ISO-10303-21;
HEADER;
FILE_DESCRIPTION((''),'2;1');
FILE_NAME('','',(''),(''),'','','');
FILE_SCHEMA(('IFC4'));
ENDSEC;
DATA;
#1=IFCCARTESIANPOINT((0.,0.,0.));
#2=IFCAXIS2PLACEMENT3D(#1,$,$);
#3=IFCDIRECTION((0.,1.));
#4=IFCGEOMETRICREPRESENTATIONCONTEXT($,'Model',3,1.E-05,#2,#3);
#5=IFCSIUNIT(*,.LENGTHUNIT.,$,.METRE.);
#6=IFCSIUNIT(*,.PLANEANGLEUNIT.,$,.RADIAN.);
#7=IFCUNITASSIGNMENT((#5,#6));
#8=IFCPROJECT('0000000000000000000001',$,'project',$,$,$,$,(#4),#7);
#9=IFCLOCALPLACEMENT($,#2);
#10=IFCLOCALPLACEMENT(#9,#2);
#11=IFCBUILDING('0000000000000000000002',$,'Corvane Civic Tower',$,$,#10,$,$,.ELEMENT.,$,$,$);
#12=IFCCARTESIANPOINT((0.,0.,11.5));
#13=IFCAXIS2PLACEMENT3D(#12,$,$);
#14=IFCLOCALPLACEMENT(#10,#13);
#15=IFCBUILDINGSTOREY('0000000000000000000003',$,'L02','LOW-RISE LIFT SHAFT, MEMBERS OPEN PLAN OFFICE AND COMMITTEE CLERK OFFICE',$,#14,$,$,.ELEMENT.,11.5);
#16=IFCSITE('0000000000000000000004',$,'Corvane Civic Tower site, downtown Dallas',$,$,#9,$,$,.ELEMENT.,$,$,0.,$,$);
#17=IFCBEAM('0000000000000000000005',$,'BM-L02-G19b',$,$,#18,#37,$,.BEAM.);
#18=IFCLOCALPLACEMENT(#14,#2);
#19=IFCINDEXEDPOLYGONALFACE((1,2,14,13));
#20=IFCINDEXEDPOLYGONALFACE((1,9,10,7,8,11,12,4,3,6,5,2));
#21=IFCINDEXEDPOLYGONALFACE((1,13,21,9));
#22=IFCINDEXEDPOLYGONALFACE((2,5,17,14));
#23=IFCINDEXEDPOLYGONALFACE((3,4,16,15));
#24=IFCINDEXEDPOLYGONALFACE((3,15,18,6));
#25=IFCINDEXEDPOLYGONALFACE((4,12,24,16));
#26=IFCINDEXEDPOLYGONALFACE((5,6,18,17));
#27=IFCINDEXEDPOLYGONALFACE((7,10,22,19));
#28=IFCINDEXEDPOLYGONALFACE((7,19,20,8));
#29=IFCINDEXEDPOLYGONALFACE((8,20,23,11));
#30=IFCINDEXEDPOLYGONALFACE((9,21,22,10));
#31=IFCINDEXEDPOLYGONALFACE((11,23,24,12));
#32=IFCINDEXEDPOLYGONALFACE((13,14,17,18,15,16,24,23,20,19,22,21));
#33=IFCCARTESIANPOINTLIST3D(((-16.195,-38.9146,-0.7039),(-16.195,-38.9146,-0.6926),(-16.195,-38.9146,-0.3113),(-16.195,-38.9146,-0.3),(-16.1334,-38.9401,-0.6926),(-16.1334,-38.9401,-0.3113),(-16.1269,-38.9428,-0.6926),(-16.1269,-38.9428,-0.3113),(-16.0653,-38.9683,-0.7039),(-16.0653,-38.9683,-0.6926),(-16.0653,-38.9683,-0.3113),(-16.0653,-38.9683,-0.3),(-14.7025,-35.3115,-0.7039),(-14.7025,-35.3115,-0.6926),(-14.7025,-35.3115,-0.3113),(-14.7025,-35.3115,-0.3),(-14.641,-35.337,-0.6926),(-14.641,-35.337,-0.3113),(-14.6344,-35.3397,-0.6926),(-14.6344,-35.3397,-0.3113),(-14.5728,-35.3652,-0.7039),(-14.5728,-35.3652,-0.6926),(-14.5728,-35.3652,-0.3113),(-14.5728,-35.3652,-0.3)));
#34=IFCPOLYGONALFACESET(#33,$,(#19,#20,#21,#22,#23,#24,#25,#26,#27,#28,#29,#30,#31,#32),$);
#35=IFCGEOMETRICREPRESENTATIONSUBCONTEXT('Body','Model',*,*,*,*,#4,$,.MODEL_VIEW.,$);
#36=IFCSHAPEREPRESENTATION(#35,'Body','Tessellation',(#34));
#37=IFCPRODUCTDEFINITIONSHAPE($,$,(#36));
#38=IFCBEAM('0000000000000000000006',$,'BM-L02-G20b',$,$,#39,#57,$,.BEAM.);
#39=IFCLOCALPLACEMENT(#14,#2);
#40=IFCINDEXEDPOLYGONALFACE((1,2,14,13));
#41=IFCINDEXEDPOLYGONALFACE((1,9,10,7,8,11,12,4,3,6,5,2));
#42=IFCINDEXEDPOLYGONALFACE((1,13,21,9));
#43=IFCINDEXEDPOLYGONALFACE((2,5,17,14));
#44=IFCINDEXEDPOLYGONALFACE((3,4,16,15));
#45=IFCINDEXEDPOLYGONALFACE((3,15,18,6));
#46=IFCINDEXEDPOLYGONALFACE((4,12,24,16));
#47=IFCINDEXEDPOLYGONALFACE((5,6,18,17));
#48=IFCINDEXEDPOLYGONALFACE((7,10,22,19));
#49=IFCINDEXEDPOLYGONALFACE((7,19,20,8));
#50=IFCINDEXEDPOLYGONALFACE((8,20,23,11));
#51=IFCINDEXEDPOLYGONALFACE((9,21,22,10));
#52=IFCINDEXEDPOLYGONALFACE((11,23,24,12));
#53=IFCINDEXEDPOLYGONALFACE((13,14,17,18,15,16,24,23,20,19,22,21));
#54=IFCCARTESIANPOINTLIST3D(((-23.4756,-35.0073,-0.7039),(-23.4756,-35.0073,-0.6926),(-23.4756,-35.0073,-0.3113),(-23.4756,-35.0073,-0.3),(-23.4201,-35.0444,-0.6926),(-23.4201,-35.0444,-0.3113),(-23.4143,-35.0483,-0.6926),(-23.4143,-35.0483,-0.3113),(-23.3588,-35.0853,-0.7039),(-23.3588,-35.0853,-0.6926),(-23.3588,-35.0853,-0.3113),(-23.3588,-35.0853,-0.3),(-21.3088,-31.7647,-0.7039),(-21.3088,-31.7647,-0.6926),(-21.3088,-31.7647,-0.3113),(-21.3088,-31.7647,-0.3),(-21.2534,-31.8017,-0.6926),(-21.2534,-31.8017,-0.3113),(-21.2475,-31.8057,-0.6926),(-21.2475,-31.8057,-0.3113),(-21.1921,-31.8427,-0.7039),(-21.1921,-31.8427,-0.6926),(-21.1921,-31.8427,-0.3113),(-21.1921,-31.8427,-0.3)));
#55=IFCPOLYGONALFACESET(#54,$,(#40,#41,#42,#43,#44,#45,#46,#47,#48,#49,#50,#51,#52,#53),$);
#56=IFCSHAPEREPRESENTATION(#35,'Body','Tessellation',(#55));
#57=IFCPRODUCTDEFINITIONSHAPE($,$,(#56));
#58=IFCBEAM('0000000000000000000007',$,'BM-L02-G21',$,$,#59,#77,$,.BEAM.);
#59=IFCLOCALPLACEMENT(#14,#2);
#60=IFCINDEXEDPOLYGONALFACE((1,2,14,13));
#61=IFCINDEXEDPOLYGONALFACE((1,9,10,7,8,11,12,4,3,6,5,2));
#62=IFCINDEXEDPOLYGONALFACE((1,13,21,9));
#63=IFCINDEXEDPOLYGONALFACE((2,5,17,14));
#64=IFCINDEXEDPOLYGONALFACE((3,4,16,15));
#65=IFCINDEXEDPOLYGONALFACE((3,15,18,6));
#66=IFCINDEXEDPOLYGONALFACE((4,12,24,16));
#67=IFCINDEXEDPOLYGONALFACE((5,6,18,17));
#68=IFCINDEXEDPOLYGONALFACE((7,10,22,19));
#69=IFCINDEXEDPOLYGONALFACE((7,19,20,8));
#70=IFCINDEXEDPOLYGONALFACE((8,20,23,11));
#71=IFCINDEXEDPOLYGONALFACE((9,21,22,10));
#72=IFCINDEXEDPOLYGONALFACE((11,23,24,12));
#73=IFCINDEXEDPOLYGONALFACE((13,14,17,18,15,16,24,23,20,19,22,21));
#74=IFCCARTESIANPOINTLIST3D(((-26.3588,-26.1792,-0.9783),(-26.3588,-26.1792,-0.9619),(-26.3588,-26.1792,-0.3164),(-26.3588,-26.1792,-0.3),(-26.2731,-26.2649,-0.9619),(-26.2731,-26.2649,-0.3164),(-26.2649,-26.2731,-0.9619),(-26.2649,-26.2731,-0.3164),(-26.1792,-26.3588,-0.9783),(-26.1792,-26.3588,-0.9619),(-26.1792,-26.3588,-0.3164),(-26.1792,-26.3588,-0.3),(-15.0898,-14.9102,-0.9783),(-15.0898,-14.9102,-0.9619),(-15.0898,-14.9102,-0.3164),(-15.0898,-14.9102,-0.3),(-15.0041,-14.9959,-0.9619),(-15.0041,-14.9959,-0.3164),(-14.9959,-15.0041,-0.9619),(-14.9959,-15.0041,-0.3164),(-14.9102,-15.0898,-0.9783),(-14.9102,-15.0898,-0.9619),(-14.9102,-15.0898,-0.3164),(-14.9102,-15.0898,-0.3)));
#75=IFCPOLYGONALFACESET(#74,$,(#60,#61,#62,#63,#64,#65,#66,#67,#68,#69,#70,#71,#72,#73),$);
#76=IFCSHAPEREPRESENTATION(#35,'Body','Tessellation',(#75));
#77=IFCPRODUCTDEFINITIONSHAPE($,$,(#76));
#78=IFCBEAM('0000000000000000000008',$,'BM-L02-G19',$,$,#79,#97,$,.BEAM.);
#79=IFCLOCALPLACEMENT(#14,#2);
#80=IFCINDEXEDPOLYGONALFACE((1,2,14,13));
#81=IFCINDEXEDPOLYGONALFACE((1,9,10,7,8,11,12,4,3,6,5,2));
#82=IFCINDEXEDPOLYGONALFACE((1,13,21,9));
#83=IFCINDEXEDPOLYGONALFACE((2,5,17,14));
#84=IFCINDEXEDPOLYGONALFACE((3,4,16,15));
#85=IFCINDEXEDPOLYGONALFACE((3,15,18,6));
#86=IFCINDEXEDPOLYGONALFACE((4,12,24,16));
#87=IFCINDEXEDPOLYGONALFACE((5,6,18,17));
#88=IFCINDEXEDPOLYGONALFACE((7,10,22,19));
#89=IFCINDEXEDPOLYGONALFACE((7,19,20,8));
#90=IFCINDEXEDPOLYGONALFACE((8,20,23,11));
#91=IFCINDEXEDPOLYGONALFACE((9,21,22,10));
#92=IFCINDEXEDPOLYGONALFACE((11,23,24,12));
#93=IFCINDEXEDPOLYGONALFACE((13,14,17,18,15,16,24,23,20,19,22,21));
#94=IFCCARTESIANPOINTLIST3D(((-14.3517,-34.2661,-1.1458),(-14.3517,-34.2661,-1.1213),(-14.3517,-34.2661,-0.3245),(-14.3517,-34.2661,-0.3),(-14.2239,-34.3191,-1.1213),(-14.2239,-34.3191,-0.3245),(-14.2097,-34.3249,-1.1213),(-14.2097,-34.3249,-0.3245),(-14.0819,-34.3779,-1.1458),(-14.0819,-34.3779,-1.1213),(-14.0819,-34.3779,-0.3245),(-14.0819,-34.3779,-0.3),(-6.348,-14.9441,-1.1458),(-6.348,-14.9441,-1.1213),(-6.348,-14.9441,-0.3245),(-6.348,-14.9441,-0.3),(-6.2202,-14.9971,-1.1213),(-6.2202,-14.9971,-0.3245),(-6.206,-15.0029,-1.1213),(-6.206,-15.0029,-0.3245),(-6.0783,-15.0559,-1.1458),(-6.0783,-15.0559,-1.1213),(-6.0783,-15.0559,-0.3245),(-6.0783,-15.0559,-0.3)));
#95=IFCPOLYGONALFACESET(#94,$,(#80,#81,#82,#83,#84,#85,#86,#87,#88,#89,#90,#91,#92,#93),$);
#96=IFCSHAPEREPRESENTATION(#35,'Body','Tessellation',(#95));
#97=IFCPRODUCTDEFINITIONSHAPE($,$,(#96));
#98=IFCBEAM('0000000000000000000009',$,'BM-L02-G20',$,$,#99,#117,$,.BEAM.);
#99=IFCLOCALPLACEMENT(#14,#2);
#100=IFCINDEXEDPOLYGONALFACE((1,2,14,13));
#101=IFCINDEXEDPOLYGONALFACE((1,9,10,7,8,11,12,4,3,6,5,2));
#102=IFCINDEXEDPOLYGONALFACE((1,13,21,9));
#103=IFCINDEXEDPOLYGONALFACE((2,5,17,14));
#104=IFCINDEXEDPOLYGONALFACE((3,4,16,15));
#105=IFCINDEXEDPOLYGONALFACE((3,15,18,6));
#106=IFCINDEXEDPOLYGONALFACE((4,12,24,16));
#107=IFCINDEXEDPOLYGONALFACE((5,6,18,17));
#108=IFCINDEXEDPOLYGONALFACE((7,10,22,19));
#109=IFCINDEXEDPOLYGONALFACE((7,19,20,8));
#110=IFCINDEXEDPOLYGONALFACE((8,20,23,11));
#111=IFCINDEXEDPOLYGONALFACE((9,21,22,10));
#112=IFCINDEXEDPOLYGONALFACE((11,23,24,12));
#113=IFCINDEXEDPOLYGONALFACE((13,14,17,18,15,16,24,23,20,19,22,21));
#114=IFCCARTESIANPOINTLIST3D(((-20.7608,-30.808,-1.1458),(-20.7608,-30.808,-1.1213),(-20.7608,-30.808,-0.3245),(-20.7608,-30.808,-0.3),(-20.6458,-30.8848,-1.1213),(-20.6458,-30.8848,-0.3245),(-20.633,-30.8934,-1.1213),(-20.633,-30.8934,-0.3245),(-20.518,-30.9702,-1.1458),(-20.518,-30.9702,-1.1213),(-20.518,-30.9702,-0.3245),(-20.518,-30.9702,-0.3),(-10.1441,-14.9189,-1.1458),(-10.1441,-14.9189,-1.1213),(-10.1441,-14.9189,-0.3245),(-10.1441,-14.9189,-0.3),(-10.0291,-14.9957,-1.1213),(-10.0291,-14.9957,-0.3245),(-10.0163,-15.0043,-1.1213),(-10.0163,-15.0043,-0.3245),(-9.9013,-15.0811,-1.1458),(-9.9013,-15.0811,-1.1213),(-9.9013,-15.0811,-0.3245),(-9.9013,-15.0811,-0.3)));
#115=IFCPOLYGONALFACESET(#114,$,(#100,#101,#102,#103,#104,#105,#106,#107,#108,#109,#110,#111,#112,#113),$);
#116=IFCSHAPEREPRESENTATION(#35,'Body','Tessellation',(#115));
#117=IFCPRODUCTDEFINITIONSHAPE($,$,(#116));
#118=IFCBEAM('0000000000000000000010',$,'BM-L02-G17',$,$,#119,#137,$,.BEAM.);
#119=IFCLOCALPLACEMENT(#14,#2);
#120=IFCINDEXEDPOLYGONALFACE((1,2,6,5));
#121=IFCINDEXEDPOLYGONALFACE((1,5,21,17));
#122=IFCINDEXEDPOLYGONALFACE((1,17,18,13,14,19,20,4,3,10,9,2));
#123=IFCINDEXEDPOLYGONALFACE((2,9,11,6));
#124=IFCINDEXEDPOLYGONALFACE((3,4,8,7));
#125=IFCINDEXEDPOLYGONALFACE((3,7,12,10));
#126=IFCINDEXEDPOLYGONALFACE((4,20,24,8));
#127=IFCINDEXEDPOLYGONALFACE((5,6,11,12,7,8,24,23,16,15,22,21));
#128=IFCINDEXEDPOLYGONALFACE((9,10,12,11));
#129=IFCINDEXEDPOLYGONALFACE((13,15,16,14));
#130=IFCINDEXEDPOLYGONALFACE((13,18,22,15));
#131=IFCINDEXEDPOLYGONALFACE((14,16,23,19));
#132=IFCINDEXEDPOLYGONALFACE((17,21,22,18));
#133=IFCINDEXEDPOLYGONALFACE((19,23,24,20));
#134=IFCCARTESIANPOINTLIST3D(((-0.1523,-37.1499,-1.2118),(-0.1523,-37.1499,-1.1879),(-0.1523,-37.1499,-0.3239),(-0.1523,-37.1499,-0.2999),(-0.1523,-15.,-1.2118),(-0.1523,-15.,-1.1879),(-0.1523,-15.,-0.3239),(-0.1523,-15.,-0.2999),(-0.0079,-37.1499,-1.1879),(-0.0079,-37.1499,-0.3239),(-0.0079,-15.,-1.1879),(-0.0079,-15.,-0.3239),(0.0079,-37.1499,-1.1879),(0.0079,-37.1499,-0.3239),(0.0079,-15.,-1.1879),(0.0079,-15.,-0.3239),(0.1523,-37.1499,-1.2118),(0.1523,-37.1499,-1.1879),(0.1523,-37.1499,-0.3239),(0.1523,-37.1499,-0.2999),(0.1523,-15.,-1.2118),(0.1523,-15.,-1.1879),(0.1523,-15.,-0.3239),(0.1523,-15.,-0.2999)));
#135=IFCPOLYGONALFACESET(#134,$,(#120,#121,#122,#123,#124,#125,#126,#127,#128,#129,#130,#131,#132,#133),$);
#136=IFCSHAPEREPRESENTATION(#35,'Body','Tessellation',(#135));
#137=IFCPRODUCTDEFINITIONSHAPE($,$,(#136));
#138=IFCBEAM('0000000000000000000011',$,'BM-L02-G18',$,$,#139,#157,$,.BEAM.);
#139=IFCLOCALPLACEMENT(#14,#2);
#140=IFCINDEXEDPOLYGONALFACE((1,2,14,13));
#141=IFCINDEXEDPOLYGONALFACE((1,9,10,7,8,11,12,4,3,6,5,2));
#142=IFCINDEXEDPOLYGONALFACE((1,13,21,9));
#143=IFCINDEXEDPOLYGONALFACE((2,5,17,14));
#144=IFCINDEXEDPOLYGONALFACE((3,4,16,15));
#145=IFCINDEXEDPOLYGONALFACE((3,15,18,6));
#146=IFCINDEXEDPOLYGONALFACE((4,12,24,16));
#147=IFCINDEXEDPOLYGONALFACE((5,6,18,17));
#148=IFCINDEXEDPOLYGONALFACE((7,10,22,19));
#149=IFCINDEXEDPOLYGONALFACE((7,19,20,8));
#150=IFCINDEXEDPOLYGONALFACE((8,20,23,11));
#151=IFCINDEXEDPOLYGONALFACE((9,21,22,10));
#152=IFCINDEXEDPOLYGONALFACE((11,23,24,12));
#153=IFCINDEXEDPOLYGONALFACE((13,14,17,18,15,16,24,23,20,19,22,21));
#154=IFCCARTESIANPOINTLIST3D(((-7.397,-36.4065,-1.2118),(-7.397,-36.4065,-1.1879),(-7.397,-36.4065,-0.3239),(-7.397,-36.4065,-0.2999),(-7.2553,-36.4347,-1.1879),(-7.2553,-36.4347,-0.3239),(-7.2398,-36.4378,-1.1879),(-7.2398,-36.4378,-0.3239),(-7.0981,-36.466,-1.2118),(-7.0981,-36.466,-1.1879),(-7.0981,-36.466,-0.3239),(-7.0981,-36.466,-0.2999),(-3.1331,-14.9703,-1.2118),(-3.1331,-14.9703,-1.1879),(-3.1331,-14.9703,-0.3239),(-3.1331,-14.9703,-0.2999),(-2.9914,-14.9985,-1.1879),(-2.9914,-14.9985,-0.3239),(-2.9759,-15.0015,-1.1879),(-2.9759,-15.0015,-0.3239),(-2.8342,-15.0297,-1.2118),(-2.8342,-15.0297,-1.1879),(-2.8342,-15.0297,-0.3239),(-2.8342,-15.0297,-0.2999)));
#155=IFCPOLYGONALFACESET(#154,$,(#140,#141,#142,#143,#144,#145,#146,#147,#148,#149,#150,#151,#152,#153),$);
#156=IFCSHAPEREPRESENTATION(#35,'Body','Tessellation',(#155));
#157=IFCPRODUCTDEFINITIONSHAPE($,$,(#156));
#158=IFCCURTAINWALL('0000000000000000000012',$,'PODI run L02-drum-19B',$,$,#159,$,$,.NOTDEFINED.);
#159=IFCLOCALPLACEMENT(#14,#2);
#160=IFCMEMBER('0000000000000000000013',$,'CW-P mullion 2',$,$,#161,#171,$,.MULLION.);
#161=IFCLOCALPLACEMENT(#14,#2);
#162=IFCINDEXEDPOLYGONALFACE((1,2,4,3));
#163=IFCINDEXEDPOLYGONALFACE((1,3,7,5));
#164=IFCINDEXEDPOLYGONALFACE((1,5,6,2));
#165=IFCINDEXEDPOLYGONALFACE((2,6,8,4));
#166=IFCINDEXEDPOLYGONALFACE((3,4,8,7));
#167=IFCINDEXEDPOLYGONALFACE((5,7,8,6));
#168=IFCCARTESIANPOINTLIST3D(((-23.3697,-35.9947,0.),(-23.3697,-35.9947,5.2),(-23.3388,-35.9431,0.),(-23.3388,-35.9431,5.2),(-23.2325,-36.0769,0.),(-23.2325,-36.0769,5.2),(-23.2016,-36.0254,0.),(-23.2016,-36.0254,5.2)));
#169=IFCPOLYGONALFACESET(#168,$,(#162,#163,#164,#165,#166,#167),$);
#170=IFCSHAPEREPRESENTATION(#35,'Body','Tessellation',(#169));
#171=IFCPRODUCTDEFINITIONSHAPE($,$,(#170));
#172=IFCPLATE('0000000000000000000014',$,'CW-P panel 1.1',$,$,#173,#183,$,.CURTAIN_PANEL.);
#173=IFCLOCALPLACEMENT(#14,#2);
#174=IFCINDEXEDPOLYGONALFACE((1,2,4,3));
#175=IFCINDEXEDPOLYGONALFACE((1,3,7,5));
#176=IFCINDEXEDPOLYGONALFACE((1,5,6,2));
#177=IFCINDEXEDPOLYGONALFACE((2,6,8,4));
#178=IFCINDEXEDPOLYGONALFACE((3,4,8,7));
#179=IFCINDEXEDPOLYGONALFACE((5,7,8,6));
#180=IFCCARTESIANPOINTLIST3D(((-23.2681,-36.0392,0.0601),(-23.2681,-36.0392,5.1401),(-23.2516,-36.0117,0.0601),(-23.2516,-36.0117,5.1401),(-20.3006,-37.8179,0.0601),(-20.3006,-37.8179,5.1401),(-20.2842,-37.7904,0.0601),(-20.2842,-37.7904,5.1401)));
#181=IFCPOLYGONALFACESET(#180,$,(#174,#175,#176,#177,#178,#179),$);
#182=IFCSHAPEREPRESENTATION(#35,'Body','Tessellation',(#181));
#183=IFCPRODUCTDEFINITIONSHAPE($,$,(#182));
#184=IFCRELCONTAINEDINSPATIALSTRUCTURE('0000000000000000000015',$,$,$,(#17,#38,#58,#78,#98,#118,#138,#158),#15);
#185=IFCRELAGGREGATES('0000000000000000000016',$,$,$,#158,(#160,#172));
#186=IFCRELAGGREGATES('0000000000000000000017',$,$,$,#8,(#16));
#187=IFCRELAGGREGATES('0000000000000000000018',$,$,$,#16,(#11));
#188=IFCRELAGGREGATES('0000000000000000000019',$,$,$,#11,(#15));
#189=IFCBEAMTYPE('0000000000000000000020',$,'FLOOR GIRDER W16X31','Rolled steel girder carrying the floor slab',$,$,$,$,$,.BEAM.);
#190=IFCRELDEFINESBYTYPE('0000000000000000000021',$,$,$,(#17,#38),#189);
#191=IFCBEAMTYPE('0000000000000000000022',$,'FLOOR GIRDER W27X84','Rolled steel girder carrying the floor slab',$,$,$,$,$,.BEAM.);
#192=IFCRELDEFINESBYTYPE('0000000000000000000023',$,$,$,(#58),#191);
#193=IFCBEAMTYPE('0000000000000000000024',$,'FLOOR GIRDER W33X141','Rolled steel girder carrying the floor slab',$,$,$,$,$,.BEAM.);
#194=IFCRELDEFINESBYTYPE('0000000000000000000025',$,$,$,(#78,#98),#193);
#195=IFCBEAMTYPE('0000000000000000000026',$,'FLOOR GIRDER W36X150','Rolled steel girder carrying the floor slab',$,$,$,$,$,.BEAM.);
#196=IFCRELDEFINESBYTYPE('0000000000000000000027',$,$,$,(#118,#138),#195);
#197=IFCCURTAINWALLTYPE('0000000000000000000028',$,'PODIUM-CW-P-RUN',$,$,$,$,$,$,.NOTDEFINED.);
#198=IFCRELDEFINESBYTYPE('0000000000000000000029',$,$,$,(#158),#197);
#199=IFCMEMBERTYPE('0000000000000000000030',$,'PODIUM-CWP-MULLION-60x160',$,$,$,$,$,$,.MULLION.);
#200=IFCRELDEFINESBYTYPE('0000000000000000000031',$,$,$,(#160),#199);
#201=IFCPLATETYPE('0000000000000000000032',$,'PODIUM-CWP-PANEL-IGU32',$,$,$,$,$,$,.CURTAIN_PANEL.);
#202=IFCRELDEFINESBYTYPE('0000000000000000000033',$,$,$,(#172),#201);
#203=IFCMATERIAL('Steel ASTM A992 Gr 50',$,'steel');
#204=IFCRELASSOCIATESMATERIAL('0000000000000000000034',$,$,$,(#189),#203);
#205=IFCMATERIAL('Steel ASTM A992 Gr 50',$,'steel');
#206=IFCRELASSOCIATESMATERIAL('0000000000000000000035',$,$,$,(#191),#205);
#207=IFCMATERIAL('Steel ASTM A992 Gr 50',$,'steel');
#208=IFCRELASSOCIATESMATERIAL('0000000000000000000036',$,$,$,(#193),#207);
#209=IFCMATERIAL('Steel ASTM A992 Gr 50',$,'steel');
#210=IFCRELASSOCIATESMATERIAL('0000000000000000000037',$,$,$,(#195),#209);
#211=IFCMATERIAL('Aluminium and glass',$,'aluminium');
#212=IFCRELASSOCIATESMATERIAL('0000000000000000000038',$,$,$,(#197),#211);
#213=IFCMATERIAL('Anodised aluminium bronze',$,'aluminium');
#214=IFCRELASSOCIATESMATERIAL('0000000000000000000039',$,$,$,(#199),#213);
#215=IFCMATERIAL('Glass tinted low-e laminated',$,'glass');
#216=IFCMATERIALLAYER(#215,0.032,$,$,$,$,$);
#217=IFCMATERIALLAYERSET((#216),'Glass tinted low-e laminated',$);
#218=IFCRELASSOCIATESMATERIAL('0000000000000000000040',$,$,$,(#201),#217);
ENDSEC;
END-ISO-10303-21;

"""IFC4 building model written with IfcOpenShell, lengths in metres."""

from ifc_helpers import new_model, si_unit, direction, frame, origin, origin_2d, place, context, subcontext, project, spatial, rectangle, i_section, extrude, material, layer, layer_set, material_profile, profile_set, type_object, element, aggregate, save


model = new_model("IFC4")

# Units and contexts
model_context = context("Model", 3, precision=1e-05, world=origin(), true_north=direction((0.0, 1.0)))
body_context = subcontext(model_context, "Body", "Model", "MODEL_VIEW")
ifc_project = project(units=[si_unit("LENGTHUNIT", "METRE"), si_unit("PLANEANGLEUNIT", "RADIAN")], contexts=[model_context])

# Site, building, storey
site_placement = place(None, origin())
site = spatial("IfcSite", under=ifc_project, at=site_placement, Name="Corvane Civic Tower site, downtown Dallas", CompositionType="ELEMENT", RefElevation=0.0)
building_placement = place(site_placement, origin())
building = spatial("IfcBuilding", under=site, at=building_placement, Name="Corvane Civic Tower", CompositionType="ELEMENT")
storey_placement = place(building_placement, frame((0.0, 0.0, 11.5)))
storey = spatial("IfcBuildingStorey", under=building, at=storey_placement, Name="L02", Description="LOW-RISE LIFT SHAFT, MEMBERS OPEN PLAN OFFICE AND COMMITTEE CLERK OFFICE", CompositionType="ELEMENT", Elevation=11.5)

# Beams
ifc_material_1 = material(Name="Steel ASTM A992 Gr 50", Category="steel")
ifc_material_profile_1 = material_profile(ifc_material_1, i_section(OverallWidth=0.1404, OverallDepth=0.4038, WebThickness=0.0071, FlangeThickness=0.0112, at=origin_2d()), Name="W16X31")
ifc_profile_set_1 = profile_set([ifc_material_profile_1], Name="Steel ASTM A992 Gr 50")
beam_type_1 = type_object("IfcBeamType", Name="FLOOR GIRDER W16X31", Description="Rolled steel girder carrying the floor slab", PredefinedType="BEAM", material=ifc_profile_set_1)
for number, where, z_axis, x_axis, name in (
    (1, (-14.6377, -35.3384, -0.502), (-0.382685, -0.923879, 0.0), (0.923879, -0.382685, 0.0), "BM-L02-G19b"),
    (2, (-21.2505, -31.8037, -0.502), (-0.555581, -0.831462, 0.0), (0.831462, -0.555581, 0.0), "BM-L02-G20b"),
):
    element("IfcBeam", number, at=place(storey_placement, frame(where, z_axis=z_axis, x_axis=x_axis)), inside=storey, type_object=beam_type_1, Name=name, PredefinedType="BEAM", context=body_context, shape_type="SweptSolid", body=[
        extrude(i_section(OverallWidth=0.1404, OverallDepth=0.4038, WebThickness=0.0071, FlangeThickness=0.0112, at=origin_2d()), origin(), (0.0, 0.0, 1.0), 3.8999),
    ])
ifc_material_2 = material(Name="Steel ASTM A992 Gr 50", Category="steel")
ifc_material_profile_2 = material_profile(ifc_material_2, i_section(OverallWidth=0.2539, OverallDepth=0.6782, WebThickness=0.0117, FlangeThickness=0.0164, at=origin_2d()), Name="W27X84")
ifc_profile_set_2 = profile_set([ifc_material_profile_2], Name="Steel ASTM A992 Gr 50")
beam_type_2 = type_object("IfcBeamType", Name="FLOOR GIRDER W27X84", Description="Rolled steel girder carrying the floor slab", PredefinedType="BEAM", material=ifc_profile_set_2)
beam_1_placement = place(storey_placement, frame((-15.0, -15.0, -0.6392), z_axis=(-0.707107, -0.707107, 0.0), x_axis=(0.707107, -0.707107, 0.0)))
element("IfcBeam", 3, at=beam_1_placement, inside=storey, type_object=beam_type_2, Name="BM-L02-G21", PredefinedType="BEAM", context=body_context, shape_type="SweptSolid", body=[
    extrude(i_section(OverallWidth=0.2539, OverallDepth=0.6782, WebThickness=0.0117, FlangeThickness=0.0164, at=origin_2d()), origin(), (0.0, 0.0, 1.0), 15.9368),
])
ifc_material_3 = material(Name="Steel ASTM A992 Gr 50", Category="steel")
ifc_material_profile_3 = material_profile(ifc_material_3, i_section(OverallWidth=0.292, OverallDepth=0.8457, WebThickness=0.0154, FlangeThickness=0.0244, at=origin_2d()), Name="W33X141")
ifc_profile_set_3 = profile_set([ifc_material_profile_3], Name="Steel ASTM A992 Gr 50")
beam_type_3 = type_object("IfcBeamType", Name="FLOOR GIRDER W33X141", Description="Rolled steel girder carrying the floor slab", PredefinedType="BEAM", material=ifc_profile_set_3)
beam_2_placement = place(storey_placement, frame((-6.2131, -15.0, -0.7229), z_axis=(-0.382692, -0.923876, 0.0), x_axis=(0.923876, -0.382692, 0.0)))
element("IfcBeam", 4, at=beam_2_placement, inside=storey, type_object=beam_type_3, Name="BM-L02-G19", PredefinedType="BEAM", context=body_context, shape_type="SweptSolid", body=[
    extrude(i_section(OverallWidth=0.292, OverallDepth=0.8457, WebThickness=0.0154, FlangeThickness=0.0244, at=origin_2d()), origin(), (0.0, 0.0, 1.0), 20.9141),
])
beam_3_placement = place(storey_placement, frame((-10.0227, -15.0, -0.7229), z_axis=(-0.555567, -0.831472, 0.0), x_axis=(0.831472, -0.555567, 0.0)))
element("IfcBeam", 5, at=beam_3_placement, inside=storey, type_object=beam_type_3, Name="BM-L02-G20", PredefinedType="BEAM", context=body_context, shape_type="SweptSolid", body=[
    extrude(i_section(OverallWidth=0.292, OverallDepth=0.8457, WebThickness=0.0154, FlangeThickness=0.0244, at=origin_2d()), origin(), (0.0, 0.0, 1.0), 19.1096),
])
ifc_material_4 = material(Name="Steel ASTM A992 Gr 50", Category="steel")
ifc_material_profile_4 = material_profile(ifc_material_4, i_section(OverallWidth=0.3047, OverallDepth=0.9119, WebThickness=0.0159, FlangeThickness=0.0239, at=origin_2d()), Name="W36X150")
ifc_profile_set_4 = profile_set([ifc_material_profile_4], Name="Steel ASTM A992 Gr 50")
beam_type_4 = type_object("IfcBeamType", Name="FLOOR GIRDER W36X150", Description="Rolled steel girder carrying the floor slab", PredefinedType="BEAM", material=ifc_profile_set_4)
beam_4_placement = place(storey_placement, frame((0.0, -15.0, -0.7559), z_axis=(0.0, -1.0, 0.0), x_axis=(1.0, 0.0, 0.0)))
element("IfcBeam", 6, at=beam_4_placement, inside=storey, type_object=beam_type_4, Name="BM-L02-G17", PredefinedType="BEAM", context=body_context, shape_type="SweptSolid", body=[
    extrude(i_section(OverallWidth=0.3047, OverallDepth=0.9119, WebThickness=0.0159, FlangeThickness=0.0239, at=origin_2d()), origin(), (0.0, 0.0, 1.0), 22.1499),
])
beam_5_placement = place(storey_placement, frame((-2.9836, -15.0, -0.7559), z_axis=(-0.195089, -0.980785, 0.0), x_axis=(0.980785, -0.195089, 0.0)))
element("IfcBeam", 7, at=beam_5_placement, inside=storey, type_object=beam_type_4, Name="BM-L02-G18", PredefinedType="BEAM", context=body_context, shape_type="SweptSolid", body=[
    extrude(i_section(OverallWidth=0.3047, OverallDepth=0.9119, WebThickness=0.0159, FlangeThickness=0.0239, at=origin_2d()), origin(), (0.0, 0.0, 1.0), 21.8562),
])

# Curtain wall, member, plate
ifc_material_5 = material(Name="Aluminium and glass", Category="aluminium")
curtain_wall_type = type_object("IfcCurtainWallType", Name="PODIUM-CW-P-RUN", PredefinedType="NOTDEFINED", material=ifc_material_5)
curtain_wall_placement = place(storey_placement, origin())
curtain_wall = element("IfcCurtainWall", 8, at=curtain_wall_placement, inside=storey, type_object=curtain_wall_type, Name="PODI run L02-drum-19B", PredefinedType="NOTDEFINED")
ifc_material_6 = material(Name="Anodised aluminium bronze", Category="aluminium")
ifc_material_profile_5 = material_profile(ifc_material_6, rectangle(XDim=0.0601, YDim=0.1599, at=origin_2d()), Name="AL 60x160")
ifc_profile_set_5 = profile_set([ifc_material_profile_5], Name="Anodised aluminium bronze")
member_type = type_object("IfcMemberType", Name="PODIUM-CWP-MULLION-60x160", PredefinedType="MULLION", material=ifc_profile_set_5)
member_placement = place(storey_placement, frame((-23.2856, -36.01, 0.0), z_axis=(0.0, 0.0, 1.0), x_axis=(-0.514118, -0.85772, 0.0)))
member = element("IfcMember", 9, at=member_placement, type_object=member_type, Name="CW-P mullion 2", PredefinedType="MULLION", context=body_context, shape_type="SweptSolid", body=[
    extrude(rectangle(XDim=0.0601, YDim=0.1599, at=origin_2d()), origin(), (0.0, 0.0, 1.0), 5.2),
])
ifc_material_7 = material(Name="Glass tinted low-e laminated", Category="glass")
ifc_layer_1 = layer(ifc_material_7, 0.032)
ifc_layer_set_1 = layer_set([ifc_layer_1], Name="Glass tinted low-e laminated")
plate_type = type_object("IfcPlateType", Name="PODIUM-CWP-PANEL-IGU32", PredefinedType="CURTAIN_PANEL", material=ifc_layer_set_1)
plate_placement = place(storey_placement, frame((-21.7761, -36.9148, 0.0601), z_axis=(0.0, 0.0, 1.0), x_axis=(-0.85772, 0.514118, 0.0)))
plate = element("IfcPlate", 10, at=plate_placement, type_object=plate_type, Name="CW-P panel 1.1", PredefinedType="CURTAIN_PANEL", context=body_context, shape_type="SweptSolid", body=[
    extrude(rectangle(XDim=3.4597, YDim=0.032, at=origin_2d()), origin(), (0.0, 0.0, 1.0), 5.0801),
])
aggregate(curtain_wall, [member, plate])

save(model, "model.ifc")
